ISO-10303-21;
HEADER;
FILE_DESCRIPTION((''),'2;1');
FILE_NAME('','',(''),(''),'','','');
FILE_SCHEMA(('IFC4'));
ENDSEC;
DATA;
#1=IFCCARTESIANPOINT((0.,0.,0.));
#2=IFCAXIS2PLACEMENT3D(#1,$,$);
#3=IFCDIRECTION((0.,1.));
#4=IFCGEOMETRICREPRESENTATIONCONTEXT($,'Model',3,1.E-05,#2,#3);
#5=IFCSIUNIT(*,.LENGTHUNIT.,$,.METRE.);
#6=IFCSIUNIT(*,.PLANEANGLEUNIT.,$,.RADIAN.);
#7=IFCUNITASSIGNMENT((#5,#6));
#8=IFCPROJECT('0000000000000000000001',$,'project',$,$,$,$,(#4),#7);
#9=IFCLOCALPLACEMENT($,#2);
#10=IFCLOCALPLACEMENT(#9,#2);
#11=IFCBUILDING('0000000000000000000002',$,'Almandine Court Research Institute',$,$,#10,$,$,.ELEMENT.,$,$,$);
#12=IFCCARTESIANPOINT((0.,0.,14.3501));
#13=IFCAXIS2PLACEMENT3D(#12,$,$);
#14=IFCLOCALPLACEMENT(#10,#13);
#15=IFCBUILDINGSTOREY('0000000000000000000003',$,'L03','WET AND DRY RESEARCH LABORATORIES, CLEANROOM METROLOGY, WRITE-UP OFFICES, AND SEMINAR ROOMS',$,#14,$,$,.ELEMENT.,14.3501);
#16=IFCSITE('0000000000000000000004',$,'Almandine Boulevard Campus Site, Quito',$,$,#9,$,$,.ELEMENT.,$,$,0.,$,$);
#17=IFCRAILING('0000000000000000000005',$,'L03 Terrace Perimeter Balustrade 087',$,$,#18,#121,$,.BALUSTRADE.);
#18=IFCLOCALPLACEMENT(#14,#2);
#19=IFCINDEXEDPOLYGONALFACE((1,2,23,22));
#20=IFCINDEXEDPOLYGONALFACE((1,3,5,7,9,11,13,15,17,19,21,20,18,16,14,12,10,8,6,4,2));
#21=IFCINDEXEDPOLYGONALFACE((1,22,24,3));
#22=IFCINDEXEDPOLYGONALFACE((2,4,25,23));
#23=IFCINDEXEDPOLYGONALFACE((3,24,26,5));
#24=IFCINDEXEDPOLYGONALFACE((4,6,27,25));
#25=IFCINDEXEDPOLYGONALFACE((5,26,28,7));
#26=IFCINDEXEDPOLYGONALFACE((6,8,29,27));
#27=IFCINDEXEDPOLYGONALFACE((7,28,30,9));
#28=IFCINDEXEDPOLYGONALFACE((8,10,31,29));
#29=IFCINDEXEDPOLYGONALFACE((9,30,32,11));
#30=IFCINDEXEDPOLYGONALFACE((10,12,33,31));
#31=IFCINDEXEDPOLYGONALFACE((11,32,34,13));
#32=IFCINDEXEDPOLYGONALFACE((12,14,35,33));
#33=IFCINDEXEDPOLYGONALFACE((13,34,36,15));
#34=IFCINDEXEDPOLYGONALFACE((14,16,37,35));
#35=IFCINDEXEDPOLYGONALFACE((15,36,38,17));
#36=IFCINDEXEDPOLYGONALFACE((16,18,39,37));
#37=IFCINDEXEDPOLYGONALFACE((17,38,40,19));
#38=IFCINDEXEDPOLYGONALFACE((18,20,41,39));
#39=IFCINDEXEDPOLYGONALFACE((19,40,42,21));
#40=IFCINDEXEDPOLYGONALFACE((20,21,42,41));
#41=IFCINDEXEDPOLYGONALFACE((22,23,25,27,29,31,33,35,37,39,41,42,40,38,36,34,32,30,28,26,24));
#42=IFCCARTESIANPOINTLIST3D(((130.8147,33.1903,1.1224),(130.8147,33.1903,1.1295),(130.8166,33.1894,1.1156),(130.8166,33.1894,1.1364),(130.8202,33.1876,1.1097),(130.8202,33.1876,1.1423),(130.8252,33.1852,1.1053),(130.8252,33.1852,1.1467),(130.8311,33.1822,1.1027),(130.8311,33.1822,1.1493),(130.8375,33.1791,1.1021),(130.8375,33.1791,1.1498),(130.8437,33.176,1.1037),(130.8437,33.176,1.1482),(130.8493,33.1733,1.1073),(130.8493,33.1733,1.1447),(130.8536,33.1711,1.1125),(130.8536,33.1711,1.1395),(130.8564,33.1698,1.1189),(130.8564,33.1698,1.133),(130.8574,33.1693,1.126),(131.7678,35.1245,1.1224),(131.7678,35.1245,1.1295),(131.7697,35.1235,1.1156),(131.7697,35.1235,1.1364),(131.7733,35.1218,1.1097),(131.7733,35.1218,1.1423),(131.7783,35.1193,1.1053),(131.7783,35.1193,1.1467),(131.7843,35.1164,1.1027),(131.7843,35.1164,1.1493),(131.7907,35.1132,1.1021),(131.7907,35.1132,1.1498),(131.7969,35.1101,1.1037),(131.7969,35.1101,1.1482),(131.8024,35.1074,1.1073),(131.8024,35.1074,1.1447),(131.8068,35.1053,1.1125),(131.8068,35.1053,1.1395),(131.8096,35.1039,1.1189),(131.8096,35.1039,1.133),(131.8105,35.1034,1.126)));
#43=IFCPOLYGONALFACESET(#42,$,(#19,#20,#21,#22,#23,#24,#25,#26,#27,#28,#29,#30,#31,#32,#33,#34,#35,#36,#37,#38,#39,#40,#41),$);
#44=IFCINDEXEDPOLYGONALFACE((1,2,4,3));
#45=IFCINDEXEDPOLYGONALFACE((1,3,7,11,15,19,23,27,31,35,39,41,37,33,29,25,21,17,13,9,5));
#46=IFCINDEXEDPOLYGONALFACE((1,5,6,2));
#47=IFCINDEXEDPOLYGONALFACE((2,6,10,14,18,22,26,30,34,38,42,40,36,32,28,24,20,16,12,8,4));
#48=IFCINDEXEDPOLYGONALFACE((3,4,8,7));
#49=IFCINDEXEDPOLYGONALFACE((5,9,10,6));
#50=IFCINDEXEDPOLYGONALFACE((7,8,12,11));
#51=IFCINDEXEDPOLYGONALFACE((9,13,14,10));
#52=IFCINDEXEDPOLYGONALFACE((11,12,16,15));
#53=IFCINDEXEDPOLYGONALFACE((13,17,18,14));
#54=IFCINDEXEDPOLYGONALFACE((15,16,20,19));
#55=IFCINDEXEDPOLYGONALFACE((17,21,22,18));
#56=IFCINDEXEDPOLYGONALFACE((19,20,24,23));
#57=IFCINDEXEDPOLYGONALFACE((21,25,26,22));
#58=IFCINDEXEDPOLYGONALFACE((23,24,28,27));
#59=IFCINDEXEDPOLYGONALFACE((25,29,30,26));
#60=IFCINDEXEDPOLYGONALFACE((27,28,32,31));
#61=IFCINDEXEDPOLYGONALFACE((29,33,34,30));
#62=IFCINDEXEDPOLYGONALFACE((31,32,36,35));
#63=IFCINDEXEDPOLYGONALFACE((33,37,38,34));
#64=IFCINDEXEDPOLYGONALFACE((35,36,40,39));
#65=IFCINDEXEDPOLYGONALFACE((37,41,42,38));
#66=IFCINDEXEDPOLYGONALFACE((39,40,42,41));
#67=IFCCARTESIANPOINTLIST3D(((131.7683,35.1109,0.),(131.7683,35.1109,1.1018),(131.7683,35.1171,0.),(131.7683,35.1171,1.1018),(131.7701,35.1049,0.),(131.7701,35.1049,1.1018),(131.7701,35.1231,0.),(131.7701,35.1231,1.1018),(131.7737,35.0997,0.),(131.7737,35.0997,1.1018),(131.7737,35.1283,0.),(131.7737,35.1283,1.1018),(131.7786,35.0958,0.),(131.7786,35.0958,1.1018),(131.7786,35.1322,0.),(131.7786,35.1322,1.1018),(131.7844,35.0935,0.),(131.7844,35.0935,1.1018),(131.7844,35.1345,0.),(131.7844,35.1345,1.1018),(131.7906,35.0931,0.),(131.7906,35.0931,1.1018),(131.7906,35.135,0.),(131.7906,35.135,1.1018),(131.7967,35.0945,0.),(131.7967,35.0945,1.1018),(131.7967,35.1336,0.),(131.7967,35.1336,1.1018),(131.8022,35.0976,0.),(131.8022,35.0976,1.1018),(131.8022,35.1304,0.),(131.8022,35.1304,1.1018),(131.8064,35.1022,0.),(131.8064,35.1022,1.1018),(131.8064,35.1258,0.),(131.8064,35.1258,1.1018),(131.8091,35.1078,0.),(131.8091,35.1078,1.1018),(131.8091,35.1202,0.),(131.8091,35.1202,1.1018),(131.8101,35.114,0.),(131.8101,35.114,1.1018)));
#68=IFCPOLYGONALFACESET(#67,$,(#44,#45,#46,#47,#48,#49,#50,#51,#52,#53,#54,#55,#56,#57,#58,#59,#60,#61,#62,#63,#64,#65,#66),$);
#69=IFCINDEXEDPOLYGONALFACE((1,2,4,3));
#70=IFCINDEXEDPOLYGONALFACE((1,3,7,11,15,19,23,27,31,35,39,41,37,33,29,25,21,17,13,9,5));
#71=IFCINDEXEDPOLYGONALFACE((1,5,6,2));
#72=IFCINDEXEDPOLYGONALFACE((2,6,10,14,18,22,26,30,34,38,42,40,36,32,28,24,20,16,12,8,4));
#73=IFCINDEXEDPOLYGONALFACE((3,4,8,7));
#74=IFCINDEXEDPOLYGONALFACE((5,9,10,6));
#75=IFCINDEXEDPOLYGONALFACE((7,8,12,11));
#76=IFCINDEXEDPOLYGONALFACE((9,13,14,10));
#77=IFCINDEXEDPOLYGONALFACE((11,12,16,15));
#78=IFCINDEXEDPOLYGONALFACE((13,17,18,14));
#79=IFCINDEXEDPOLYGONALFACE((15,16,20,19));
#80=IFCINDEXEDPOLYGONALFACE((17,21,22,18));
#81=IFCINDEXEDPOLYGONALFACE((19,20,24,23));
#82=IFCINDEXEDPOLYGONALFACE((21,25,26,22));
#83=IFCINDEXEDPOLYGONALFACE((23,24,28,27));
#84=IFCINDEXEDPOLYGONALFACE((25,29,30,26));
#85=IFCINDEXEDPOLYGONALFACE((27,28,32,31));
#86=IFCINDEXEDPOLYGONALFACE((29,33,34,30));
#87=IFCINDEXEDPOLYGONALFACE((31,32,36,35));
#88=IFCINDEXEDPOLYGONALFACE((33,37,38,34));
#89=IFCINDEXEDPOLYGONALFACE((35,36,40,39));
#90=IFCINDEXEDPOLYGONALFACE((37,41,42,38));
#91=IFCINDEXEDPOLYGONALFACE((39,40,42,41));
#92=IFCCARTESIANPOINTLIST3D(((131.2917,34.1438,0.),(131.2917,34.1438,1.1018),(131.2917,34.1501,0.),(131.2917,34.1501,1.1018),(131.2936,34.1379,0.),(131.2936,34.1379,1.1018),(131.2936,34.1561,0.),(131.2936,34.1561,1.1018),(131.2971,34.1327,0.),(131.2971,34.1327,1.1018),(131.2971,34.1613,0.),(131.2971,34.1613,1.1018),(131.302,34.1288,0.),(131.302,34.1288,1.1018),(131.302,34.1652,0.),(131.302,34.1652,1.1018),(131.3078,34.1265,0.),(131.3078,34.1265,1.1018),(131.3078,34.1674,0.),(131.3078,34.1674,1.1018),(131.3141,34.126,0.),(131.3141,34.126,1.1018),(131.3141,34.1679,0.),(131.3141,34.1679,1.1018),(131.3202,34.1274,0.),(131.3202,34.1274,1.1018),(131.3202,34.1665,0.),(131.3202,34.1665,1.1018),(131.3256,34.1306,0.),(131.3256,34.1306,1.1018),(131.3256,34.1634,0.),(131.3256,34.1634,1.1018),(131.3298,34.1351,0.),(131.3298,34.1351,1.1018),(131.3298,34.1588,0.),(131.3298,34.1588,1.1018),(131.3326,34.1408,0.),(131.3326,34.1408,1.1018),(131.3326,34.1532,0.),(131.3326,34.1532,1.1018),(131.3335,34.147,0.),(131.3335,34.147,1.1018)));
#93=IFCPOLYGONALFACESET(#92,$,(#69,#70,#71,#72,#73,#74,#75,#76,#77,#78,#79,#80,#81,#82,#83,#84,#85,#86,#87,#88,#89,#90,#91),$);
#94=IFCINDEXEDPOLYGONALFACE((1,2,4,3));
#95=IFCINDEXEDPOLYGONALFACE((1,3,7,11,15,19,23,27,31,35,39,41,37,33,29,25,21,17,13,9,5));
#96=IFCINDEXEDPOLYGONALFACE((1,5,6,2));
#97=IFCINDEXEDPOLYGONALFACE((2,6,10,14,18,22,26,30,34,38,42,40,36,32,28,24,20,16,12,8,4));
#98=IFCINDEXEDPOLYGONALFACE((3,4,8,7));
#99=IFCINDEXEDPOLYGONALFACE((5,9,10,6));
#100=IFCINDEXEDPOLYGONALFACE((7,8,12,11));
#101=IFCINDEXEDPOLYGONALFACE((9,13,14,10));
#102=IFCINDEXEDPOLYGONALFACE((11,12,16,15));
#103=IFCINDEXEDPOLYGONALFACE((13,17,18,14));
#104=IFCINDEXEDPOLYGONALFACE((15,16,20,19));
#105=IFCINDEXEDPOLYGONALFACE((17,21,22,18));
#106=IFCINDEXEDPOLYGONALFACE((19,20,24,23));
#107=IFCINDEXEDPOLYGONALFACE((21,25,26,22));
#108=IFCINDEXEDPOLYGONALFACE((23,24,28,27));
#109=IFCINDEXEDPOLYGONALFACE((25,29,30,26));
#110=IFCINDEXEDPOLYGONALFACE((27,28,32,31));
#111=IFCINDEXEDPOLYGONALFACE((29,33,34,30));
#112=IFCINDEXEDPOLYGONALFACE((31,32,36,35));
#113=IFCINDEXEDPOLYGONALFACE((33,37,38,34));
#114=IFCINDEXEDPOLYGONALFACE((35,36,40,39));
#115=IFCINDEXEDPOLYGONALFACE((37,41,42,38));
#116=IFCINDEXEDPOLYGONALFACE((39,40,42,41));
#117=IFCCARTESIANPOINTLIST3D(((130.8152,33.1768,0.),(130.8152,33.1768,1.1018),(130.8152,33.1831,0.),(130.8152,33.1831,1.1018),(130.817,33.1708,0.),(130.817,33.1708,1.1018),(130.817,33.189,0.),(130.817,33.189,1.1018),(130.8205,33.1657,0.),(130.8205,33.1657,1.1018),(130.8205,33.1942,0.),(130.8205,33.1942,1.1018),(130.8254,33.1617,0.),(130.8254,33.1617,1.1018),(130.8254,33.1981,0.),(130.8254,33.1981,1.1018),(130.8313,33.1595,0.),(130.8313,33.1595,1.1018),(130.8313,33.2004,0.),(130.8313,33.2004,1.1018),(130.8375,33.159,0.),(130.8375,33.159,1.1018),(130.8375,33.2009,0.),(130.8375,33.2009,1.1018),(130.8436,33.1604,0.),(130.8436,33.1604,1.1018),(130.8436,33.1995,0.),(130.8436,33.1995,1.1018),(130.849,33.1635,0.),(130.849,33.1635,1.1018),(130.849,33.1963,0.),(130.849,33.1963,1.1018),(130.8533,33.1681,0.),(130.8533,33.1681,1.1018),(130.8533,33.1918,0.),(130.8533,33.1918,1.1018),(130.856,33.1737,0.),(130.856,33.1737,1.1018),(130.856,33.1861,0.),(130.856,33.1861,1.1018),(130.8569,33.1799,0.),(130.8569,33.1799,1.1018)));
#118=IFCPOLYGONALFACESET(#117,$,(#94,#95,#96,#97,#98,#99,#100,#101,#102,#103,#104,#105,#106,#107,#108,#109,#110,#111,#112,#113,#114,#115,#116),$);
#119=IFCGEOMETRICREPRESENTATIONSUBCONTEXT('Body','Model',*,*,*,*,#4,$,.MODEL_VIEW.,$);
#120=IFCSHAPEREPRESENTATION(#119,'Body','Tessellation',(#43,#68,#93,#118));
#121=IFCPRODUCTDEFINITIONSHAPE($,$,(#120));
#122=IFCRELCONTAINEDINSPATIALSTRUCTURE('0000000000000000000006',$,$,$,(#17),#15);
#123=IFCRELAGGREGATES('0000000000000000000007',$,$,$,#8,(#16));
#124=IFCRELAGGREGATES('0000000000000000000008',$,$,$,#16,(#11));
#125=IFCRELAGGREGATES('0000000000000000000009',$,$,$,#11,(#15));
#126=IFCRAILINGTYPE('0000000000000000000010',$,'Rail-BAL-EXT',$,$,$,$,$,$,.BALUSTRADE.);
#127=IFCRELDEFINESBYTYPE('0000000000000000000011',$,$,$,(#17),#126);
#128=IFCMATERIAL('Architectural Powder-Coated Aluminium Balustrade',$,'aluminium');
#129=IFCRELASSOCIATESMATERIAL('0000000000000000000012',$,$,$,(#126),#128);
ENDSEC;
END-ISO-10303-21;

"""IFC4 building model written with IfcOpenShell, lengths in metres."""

from ifc_helpers import new_model, si_unit, direction, frame, origin, origin_2d, place, context, subcontext, project, spatial, circle, extrude, material, type_object, element, save


model = new_model("IFC4")

# Units and contexts
model_context = context("Model", 3, precision=1e-05, world=origin(), true_north=direction((0.0, 1.0)))
body_context = subcontext(model_context, "Body", "Model", "MODEL_VIEW")
ifc_project = project(units=[si_unit("LENGTHUNIT", "METRE"), si_unit("PLANEANGLEUNIT", "RADIAN")], contexts=[model_context])

# Site, building, storey
site_placement = place(None, origin())
site = spatial("IfcSite", under=ifc_project, at=site_placement, Name="Almandine Boulevard Campus Site, Quito", CompositionType="ELEMENT", RefElevation=0.0)
building_placement = place(site_placement, origin())
building = spatial("IfcBuilding", under=site, at=building_placement, Name="Almandine Court Research Institute", CompositionType="ELEMENT")
storey_placement = place(building_placement, frame((0.0, 0.0, 14.3501)))
storey = spatial("IfcBuildingStorey", under=building, at=storey_placement, Name="L03", Description="WET AND DRY RESEARCH LABORATORIES, CLEANROOM METROLOGY, WRITE-UP OFFICES, AND SEMINAR ROOMS", CompositionType="ELEMENT", Elevation=14.3501)

# Railing
ifc_material_1 = material(Name="Architectural Powder-Coated Aluminium Balustrade", Category="aluminium")
railing_type = type_object("IfcRailingType", Name="Rail-BAL-EXT", PredefinedType="BALUSTRADE", material=ifc_material_1)
railing_1_placement = place(storey_placement, frame((131.7891, 35.114, 0.0)))
element("IfcRailing", 1, at=railing_1_placement, inside=storey, type_object=railing_type, Name="L03 Terrace Perimeter Balustrade 087", PredefinedType="BALUSTRADE", context=body_context, shape_type="SweptSolid", body=[
    extrude(circle(Radius=0.0239, at=origin_2d()), frame((0.0, 0.0, 1.126), z_axis=(-0.442043, -0.896994, 0.0), x_axis=(0.896994, -0.442043, 0.0)), (0.0, 0.0, 1.0), 2.1562),
    extrude(circle(Radius=0.021, at=origin_2d()), origin(), (0.0, 0.0, 1.0), 1.1018),
    extrude(circle(Radius=0.021, at=origin_2d()), frame((-0.4766, -0.967, 0.0)), (0.0, 0.0, 1.0), 1.1018),
    extrude(circle(Radius=0.021, at=origin_2d()), frame((-0.9531, -1.9341, 0.0)), (0.0, 0.0, 1.0), 1.1018),
])

save(model, "model.ifc")
